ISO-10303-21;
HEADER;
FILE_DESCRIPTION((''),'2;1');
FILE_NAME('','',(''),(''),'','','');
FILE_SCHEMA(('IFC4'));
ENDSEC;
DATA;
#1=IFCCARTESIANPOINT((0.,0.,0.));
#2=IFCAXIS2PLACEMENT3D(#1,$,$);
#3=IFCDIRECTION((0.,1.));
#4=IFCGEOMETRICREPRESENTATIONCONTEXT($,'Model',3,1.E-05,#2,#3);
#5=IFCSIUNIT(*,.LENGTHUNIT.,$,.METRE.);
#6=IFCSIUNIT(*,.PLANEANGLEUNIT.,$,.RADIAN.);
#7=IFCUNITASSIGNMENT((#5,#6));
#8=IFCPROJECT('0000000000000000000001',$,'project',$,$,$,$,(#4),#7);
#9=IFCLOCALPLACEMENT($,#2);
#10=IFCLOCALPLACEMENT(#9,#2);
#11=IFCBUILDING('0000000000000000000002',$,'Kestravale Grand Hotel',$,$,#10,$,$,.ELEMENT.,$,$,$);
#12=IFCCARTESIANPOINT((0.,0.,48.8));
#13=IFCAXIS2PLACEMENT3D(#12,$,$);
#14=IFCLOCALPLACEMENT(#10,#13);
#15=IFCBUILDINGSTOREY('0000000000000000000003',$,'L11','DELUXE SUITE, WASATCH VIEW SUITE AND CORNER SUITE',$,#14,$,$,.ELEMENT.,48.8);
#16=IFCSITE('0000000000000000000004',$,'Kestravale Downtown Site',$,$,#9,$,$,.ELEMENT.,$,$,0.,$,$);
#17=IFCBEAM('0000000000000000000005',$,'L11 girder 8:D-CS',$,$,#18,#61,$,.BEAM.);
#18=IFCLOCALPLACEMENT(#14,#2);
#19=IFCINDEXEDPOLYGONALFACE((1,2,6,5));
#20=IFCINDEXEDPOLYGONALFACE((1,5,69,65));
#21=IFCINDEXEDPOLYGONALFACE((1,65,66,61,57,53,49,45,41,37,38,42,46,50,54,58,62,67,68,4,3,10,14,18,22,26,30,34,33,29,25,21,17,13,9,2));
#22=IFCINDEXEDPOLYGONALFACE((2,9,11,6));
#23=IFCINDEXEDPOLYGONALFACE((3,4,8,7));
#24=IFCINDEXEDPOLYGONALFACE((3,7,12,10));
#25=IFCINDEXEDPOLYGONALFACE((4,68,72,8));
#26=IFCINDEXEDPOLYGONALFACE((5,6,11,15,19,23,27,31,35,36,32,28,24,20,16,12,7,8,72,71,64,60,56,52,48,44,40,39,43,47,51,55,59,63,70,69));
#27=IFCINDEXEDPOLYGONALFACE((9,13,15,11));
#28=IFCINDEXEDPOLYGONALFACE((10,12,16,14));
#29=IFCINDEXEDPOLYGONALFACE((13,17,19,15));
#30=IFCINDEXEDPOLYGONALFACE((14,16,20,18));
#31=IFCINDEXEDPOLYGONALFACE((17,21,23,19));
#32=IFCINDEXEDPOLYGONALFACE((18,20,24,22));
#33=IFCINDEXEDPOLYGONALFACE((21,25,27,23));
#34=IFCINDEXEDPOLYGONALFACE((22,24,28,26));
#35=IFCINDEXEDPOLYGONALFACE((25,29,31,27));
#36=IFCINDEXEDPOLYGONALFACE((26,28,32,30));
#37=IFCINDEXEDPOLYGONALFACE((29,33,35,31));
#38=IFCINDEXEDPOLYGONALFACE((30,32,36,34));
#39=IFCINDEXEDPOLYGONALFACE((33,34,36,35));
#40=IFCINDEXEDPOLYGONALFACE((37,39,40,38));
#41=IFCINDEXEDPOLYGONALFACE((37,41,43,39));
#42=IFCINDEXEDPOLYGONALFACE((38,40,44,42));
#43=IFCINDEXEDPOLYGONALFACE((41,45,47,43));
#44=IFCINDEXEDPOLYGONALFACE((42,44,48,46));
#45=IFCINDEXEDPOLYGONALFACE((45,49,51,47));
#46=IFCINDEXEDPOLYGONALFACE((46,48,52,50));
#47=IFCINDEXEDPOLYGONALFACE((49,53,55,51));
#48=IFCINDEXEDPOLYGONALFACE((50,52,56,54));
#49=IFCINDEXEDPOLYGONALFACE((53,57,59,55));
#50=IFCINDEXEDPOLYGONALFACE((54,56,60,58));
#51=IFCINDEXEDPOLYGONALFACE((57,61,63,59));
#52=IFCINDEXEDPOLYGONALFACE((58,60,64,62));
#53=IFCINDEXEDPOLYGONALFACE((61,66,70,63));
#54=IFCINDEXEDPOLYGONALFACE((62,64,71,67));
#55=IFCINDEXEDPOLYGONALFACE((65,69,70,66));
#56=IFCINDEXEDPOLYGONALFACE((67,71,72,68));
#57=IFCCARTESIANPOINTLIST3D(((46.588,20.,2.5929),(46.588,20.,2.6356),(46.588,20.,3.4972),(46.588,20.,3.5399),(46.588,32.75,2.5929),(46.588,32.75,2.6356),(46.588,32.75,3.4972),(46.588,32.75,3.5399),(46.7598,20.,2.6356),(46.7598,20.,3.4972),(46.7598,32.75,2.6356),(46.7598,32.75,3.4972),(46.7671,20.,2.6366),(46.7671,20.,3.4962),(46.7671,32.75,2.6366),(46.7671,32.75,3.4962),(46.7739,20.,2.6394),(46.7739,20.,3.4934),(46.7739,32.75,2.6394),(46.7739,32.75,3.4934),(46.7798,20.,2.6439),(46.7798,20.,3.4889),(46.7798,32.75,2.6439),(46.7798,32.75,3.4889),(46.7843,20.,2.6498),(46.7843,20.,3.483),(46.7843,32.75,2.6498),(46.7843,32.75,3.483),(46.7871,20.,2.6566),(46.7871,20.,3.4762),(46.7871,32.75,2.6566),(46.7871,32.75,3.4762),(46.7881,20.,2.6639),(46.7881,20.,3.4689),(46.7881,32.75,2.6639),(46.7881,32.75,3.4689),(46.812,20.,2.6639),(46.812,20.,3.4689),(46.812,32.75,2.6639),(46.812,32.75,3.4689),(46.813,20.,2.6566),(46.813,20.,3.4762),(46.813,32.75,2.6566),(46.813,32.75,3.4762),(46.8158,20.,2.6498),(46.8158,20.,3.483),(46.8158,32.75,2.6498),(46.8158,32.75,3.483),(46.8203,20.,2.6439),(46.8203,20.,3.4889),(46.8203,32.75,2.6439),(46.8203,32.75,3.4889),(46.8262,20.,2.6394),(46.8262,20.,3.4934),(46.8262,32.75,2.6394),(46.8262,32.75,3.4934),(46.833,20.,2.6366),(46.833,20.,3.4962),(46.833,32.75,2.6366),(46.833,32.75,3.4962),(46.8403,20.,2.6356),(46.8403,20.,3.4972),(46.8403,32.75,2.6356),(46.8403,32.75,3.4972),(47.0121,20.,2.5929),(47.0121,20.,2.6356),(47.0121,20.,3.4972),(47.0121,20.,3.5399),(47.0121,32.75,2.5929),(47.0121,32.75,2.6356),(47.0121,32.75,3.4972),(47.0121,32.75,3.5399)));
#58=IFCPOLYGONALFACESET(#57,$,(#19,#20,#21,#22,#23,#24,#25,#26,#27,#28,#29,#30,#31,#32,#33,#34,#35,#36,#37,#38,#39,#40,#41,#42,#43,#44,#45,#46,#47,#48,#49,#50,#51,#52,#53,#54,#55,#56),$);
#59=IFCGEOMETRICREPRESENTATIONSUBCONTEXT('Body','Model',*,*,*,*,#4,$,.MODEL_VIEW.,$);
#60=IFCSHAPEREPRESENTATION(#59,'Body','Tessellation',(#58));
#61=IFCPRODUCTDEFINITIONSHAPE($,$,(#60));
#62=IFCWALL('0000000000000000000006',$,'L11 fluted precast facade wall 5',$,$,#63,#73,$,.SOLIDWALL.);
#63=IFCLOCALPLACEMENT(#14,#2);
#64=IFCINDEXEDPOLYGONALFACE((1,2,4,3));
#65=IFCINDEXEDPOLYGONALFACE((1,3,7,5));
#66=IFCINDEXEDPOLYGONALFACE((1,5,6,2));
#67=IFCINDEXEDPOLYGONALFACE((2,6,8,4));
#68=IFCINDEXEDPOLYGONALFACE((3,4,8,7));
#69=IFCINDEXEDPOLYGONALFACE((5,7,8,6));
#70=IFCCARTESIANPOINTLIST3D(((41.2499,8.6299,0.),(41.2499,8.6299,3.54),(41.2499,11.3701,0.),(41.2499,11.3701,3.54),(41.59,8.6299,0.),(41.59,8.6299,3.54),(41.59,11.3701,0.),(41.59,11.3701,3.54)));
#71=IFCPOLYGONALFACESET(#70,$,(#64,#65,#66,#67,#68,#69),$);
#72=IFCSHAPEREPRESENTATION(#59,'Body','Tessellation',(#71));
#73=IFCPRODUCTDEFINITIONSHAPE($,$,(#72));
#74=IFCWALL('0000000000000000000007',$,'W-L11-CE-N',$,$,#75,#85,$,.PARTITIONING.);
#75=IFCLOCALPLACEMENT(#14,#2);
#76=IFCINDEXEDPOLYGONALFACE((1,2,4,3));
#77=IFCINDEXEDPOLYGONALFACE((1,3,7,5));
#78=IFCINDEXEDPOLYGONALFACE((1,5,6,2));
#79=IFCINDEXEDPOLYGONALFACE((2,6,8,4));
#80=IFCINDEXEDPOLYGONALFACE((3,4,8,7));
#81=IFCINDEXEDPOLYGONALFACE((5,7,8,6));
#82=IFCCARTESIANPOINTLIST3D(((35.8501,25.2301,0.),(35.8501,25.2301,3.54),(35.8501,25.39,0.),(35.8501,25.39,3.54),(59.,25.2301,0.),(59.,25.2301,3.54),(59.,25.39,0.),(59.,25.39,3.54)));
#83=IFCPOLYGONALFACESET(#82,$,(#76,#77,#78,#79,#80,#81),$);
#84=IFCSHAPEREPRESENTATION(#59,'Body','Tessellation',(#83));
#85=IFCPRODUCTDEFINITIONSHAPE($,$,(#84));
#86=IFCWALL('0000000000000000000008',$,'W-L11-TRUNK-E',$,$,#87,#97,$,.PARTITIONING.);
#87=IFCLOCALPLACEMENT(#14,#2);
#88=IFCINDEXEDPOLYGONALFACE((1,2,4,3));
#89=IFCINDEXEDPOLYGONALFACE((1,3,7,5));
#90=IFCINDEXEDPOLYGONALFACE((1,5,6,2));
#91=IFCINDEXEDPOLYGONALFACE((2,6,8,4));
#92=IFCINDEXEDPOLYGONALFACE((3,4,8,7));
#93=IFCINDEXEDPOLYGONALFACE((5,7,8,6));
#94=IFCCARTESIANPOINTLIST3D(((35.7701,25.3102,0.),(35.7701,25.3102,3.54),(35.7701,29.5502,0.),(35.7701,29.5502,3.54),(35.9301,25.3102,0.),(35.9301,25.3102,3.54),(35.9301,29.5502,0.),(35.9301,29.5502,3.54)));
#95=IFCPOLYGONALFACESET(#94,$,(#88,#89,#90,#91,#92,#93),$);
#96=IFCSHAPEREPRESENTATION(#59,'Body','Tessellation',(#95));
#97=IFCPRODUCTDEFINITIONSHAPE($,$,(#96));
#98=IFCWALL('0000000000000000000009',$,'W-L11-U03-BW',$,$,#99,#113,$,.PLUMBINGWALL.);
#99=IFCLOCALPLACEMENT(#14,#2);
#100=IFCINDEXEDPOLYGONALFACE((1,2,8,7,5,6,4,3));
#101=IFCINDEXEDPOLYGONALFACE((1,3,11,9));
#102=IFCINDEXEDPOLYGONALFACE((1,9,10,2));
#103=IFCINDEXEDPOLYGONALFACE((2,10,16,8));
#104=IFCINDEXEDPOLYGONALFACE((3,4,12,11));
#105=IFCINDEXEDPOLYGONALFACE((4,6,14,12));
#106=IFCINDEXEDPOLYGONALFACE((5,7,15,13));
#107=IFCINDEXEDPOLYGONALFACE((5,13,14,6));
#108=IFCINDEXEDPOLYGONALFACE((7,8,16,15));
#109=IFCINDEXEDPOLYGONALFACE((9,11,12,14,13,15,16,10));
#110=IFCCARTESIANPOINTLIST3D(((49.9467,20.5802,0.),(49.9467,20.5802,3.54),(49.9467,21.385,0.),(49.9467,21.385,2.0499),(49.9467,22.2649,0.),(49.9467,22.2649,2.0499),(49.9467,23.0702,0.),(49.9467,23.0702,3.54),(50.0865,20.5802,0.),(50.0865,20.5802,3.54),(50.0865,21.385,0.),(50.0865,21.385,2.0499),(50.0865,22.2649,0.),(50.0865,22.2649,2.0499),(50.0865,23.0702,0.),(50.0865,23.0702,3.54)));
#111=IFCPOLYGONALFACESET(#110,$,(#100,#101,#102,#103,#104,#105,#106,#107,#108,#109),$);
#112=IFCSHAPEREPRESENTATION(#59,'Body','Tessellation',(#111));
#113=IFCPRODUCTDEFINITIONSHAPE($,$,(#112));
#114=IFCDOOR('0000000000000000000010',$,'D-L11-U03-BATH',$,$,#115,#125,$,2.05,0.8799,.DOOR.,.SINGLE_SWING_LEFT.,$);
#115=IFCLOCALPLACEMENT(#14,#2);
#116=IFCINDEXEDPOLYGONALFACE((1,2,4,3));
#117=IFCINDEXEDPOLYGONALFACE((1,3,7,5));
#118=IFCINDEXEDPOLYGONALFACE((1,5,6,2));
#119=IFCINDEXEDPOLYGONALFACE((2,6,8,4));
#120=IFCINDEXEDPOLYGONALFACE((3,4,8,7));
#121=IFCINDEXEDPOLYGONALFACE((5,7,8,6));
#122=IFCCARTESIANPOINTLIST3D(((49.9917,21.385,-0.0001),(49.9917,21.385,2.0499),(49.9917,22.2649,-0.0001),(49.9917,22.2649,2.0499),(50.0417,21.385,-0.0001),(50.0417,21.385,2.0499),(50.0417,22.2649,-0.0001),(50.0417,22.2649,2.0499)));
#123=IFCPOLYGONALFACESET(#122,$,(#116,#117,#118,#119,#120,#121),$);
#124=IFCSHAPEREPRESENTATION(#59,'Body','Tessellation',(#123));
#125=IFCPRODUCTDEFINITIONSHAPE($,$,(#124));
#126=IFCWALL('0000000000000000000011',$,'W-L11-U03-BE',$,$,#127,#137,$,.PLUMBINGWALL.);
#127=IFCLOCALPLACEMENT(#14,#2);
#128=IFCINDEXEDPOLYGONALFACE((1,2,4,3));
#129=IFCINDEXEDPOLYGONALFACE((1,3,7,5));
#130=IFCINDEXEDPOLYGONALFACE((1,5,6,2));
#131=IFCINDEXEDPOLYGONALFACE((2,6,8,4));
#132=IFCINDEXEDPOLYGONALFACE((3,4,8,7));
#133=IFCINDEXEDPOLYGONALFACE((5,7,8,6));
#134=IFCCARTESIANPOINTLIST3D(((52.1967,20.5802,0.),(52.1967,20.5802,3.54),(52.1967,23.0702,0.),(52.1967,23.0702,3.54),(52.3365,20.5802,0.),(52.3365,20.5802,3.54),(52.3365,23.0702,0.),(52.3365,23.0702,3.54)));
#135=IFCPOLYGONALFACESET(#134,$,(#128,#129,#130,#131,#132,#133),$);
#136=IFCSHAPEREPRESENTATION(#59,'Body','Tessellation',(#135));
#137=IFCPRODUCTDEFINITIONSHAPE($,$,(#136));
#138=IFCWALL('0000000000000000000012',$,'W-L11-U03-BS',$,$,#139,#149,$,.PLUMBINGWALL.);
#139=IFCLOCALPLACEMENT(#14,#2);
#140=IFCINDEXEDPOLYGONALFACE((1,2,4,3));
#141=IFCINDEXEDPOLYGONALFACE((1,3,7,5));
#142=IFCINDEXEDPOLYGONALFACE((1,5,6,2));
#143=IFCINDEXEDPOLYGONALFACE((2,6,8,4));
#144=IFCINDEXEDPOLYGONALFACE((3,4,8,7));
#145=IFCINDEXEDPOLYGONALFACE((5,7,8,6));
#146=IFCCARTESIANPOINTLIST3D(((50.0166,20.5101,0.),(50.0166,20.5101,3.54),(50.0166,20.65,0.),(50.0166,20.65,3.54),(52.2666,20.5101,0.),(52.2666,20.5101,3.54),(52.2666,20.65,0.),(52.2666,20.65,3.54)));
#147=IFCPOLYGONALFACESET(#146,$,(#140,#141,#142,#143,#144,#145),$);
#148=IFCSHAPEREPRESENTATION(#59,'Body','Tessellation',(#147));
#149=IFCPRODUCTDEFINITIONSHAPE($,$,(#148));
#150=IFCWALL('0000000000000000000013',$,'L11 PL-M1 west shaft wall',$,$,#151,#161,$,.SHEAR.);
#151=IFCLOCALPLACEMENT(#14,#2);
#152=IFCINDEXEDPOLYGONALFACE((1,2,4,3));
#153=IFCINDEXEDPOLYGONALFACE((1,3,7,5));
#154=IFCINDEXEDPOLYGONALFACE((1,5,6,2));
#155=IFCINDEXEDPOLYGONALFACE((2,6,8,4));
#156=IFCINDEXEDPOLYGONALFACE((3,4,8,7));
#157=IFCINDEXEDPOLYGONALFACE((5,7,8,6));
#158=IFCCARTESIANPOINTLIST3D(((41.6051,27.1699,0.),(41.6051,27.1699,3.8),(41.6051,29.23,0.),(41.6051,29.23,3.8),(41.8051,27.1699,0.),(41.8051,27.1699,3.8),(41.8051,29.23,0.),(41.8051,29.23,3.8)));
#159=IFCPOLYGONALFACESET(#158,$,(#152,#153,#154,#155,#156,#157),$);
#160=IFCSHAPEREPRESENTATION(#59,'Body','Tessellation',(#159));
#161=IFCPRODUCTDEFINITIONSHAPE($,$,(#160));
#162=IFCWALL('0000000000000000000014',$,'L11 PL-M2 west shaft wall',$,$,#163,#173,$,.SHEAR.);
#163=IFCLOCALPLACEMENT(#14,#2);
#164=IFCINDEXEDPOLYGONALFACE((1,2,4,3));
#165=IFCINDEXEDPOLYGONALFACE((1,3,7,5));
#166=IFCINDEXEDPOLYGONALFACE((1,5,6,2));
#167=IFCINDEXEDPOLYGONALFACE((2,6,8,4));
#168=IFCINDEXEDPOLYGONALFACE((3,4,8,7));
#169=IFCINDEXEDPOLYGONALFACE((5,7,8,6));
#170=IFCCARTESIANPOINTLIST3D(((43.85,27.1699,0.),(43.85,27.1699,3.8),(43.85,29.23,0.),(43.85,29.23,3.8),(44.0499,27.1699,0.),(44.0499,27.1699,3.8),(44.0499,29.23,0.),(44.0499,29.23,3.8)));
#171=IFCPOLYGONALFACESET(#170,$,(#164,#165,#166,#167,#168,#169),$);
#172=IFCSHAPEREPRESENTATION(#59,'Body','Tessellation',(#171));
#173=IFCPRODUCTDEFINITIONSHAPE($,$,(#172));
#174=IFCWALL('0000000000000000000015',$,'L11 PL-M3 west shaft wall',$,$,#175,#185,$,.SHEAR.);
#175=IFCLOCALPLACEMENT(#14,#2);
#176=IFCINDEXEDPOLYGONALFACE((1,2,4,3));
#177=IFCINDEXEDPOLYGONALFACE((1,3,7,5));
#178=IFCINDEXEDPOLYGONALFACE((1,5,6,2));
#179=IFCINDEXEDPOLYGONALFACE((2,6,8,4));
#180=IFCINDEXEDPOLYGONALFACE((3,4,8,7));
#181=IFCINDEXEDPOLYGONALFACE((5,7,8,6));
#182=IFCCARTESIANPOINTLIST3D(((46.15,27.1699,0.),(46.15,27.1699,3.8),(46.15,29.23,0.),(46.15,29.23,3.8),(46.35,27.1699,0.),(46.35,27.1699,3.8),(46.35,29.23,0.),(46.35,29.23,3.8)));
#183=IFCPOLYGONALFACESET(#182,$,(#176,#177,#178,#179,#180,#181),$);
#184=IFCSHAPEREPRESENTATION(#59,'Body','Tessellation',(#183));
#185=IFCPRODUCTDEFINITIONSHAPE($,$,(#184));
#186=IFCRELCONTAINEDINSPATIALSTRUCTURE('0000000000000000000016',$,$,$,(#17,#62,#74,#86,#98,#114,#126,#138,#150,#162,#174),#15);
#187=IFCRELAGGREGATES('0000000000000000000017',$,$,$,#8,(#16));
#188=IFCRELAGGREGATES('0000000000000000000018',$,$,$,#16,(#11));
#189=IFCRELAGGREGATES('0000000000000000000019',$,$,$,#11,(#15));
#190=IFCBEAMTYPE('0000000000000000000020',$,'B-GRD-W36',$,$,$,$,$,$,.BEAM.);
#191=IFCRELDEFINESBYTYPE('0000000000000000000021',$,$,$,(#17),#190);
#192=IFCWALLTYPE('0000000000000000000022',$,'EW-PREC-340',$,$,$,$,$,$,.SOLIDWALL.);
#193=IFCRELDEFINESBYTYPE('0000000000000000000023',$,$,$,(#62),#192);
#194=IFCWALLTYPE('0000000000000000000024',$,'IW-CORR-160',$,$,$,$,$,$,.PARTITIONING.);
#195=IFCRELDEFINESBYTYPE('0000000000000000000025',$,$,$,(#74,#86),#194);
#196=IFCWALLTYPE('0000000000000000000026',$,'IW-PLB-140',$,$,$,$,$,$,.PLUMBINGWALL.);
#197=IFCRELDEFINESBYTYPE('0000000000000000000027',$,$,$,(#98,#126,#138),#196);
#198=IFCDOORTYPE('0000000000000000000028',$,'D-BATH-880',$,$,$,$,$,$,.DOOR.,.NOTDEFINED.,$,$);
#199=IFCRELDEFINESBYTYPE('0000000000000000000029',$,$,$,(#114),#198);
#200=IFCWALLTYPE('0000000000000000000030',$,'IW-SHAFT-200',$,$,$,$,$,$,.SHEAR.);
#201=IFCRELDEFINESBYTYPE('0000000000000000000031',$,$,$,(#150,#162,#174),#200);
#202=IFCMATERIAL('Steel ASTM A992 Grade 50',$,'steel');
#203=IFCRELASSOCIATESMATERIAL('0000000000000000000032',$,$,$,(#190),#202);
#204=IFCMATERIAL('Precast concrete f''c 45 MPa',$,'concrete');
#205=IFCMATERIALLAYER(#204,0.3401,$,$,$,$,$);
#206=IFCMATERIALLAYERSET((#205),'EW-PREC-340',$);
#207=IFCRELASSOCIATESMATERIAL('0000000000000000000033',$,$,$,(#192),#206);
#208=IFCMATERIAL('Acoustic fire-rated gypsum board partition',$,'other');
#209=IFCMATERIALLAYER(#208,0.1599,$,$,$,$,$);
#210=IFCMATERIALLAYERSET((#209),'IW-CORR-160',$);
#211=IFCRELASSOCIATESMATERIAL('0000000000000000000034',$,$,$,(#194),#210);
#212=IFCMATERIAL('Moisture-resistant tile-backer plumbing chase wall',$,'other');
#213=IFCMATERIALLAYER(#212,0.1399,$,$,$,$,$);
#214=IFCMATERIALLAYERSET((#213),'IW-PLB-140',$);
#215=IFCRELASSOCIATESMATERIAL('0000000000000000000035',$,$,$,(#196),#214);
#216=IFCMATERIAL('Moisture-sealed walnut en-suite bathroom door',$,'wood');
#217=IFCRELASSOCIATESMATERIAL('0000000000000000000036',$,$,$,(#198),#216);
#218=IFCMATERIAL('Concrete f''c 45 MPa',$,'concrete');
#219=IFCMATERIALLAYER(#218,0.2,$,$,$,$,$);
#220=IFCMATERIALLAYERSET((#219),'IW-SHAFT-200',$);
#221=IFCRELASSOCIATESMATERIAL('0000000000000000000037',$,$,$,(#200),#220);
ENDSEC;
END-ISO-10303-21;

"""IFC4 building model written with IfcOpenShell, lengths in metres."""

from ifc_helpers import new_model, si_unit, direction, frame, frame_2d, origin, origin_2d, place, context, subcontext, project, spatial, rectangle, i_section, extrude, material, layer, layer_set, material_profile, profile_set, type_object, element, fill, save


model = new_model("IFC4")

# Units and contexts
model_context = context("Model", 3, precision=1e-05, world=origin(), true_north=direction((0.0, 1.0)))
body_context = subcontext(model_context, "Body", "Model", "MODEL_VIEW")
ifc_project = project(units=[si_unit("LENGTHUNIT", "METRE"), si_unit("PLANEANGLEUNIT", "RADIAN")], contexts=[model_context])

# Site, building, storey
site_placement = place(None, origin())
site = spatial("IfcSite", under=ifc_project, at=site_placement, Name="Kestravale Downtown Site", CompositionType="ELEMENT", RefElevation=0.0)
building_placement = place(site_placement, origin())
building = spatial("IfcBuilding", under=site, at=building_placement, Name="Kestravale Grand Hotel", CompositionType="ELEMENT")
storey_placement = place(building_placement, frame((0.0, 0.0, 48.8)))
storey = spatial("IfcBuildingStorey", under=building, at=storey_placement, Name="L11", Description="DELUXE SUITE, WASATCH VIEW SUITE AND CORNER SUITE", CompositionType="ELEMENT", Elevation=48.8)

# Beam
ifc_material_1 = material(Name="Steel ASTM A992 Grade 50", Category="steel")
ifc_material_profile_1 = material_profile(ifc_material_1, i_section(OverallWidth=0.4241, OverallDepth=0.947, WebThickness=0.0239, FlangeThickness=0.0427, FilletRadius=0.0283, at=origin_2d()))
ifc_profile_set_1 = profile_set([ifc_material_profile_1], Name="Steel ASTM A992 Grade 50")
beam_type = type_object("IfcBeamType", Name="B-GRD-W36", PredefinedType="BEAM", material=ifc_profile_set_1)
beam_1_placement = place(storey_placement, frame((46.8, 20.0, 3.0664), z_axis=(0.0, 1.0, 0.0), x_axis=(-1.0, 0.0, 0.0)))
element("IfcBeam", 1, at=beam_1_placement, inside=storey, type_object=beam_type, Name="L11 girder 8:D-CS", PredefinedType="BEAM", context=body_context, shape_type="SweptSolid", body=[
    extrude(i_section(OverallWidth=0.4241, OverallDepth=0.947, WebThickness=0.0239, FlangeThickness=0.0427, FilletRadius=0.0283, at=origin_2d()), origin(), (0.0, 0.0, 1.0), 12.75),
])

# Walls
ifc_material_2 = material(Name="Precast concrete f'c 45 MPa", Category="concrete")
ifc_layer_1 = layer(ifc_material_2, 0.3401)
ifc_layer_set_1 = layer_set([ifc_layer_1], Name="EW-PREC-340")
wall_type_1 = type_object("IfcWallType", Name="EW-PREC-340", PredefinedType="SOLIDWALL", material=ifc_layer_set_1)
wall_1_placement = place(storey_placement, frame((41.4199, 11.3701, 0.0), z_axis=(0.0, 0.0, 1.0), x_axis=(0.0, -1.0, 0.0)))
element("IfcWall", 2, at=wall_1_placement, inside=storey, type_object=wall_type_1, Name="L11 fluted precast facade wall 5", PredefinedType="SOLIDWALL", context=body_context, shape_type="SweptSolid", body=[
    extrude(rectangle(XDim=2.7402, YDim=0.3401, at=frame_2d((1.3701, 0.0))), origin(), (0.0, 0.0, 1.0), 3.54),
])
ifc_material_3 = material(Name="Acoustic fire-rated gypsum board partition", Category="other")
ifc_layer_2 = layer(ifc_material_3, 0.1599)
ifc_layer_set_2 = layer_set([ifc_layer_2], Name="IW-CORR-160")
wall_type_2 = type_object("IfcWallType", Name="IW-CORR-160", PredefinedType="PARTITIONING", material=ifc_layer_set_2)
wall_2_placement = place(storey_placement, frame((35.8501, 25.3101, 0.0), z_axis=(0.0, 0.0, 1.0), x_axis=(1.0, 0.0, 0.0)))
element("IfcWall", 3, at=wall_2_placement, inside=storey, type_object=wall_type_2, Name="W-L11-CE-N", PredefinedType="PARTITIONING", context=body_context, shape_type="SweptSolid", body=[
    extrude(rectangle(XDim=23.1499, YDim=0.1599, at=frame_2d((11.575, 0.0))), origin(), (0.0, 0.0, 1.0), 3.54),
])
wall_3_placement = place(storey_placement, frame((35.8501, 25.3101, 0.0), z_axis=(0.0, 0.0, 1.0), x_axis=(0.0, 1.0, 0.0)))
element("IfcWall", 4, at=wall_3_placement, inside=storey, type_object=wall_type_2, Name="W-L11-TRUNK-E", PredefinedType="PARTITIONING", context=body_context, shape_type="SweptSolid", body=[
    extrude(rectangle(XDim=4.24, YDim=0.1599, at=frame_2d((2.1201, 0.0))), origin(), (0.0, 0.0, 1.0), 3.54),
])

# Wall, opening, door
ifc_material_4 = material(Name="Moisture-resistant tile-backer plumbing chase wall", Category="other")
ifc_layer_3 = layer(ifc_material_4, 0.1399)
ifc_layer_set_3 = layer_set([ifc_layer_3], Name="IW-PLB-140")
wall_type_3 = type_object("IfcWallType", Name="IW-PLB-140", PredefinedType="PLUMBINGWALL", material=ifc_layer_set_3)
wall_4_placement = place(storey_placement, frame((50.0166, 20.5801, 0.0), z_axis=(0.0, 0.0, 1.0), x_axis=(0.0, 1.0, 0.0)))
wall_4 = element("IfcWall", 5, at=wall_4_placement, inside=storey, type_object=wall_type_3, Name="W-L11-U03-BW", PredefinedType="PLUMBINGWALL", context=body_context, shape_type="SweptSolid", body=[
    extrude(rectangle(XDim=2.49, YDim=0.1399, at=frame_2d((1.2451, 0.0))), origin(), (0.0, 0.0, 1.0), 3.54),
])
opening_placement = place(wall_4_placement, frame((0.8049, 0.0, 0.0)))
opening = element("IfcOpeningElement", 6, at=opening_placement, cuts=wall_4, PredefinedType="OPENING", context=body_context, shape_type="SweptSolid", body=[
    extrude(rectangle(XDim=0.8799, YDim=2.05, at=frame_2d((0.4399, 1.0249))), frame((0.0, 0.0798, 0.0), z_axis=(0.0, -1.0, 0.0), x_axis=(1.0, 0.0, 0.0)), (0.0, 0.0, 1.0), 0.1599),
])
ifc_material_5 = material(Name="Moisture-sealed walnut en-suite bathroom door", Category="wood")
door_type = type_object("IfcDoorType", Name="D-BATH-880", OperationType="NOTDEFINED", PredefinedType="DOOR", material=ifc_material_5)
door_placement = place(opening_placement, origin())
door = element("IfcDoor", 7, at=door_placement, inside=storey, type_object=door_type, Name="D-L11-U03-BATH", OperationType="SINGLE_SWING_LEFT", OverallHeight=2.05, OverallWidth=0.8799, PredefinedType="DOOR", context=body_context, shape_type="SweptSolid", body=[
    extrude(rectangle(XDim=0.8799, YDim=2.05, at=frame_2d((0.4399, 1.0249))), frame((0.0, 0.0249, 0.0), z_axis=(0.0, -1.0, 0.0), x_axis=(1.0, 0.0, 0.0)), (0.0, 0.0, 1.0), 0.05),
])
fill(opening, door)

# Walls
wall_5_placement = place(storey_placement, frame((52.2666, 20.5801, 0.0), z_axis=(0.0, 0.0, 1.0), x_axis=(0.0, 1.0, 0.0)))
element("IfcWall", 8, at=wall_5_placement, inside=storey, type_object=wall_type_3, Name="W-L11-U03-BE", PredefinedType="PLUMBINGWALL", context=body_context, shape_type="SweptSolid", body=[
    extrude(rectangle(XDim=2.49, YDim=0.1399, at=frame_2d((1.2451, 0.0))), origin(), (0.0, 0.0, 1.0), 3.54),
])
wall_6_placement = place(storey_placement, frame((50.0166, 20.5801, 0.0), z_axis=(0.0, 0.0, 1.0), x_axis=(1.0, 0.0, 0.0)))
element("IfcWall", 9, at=wall_6_placement, inside=storey, type_object=wall_type_3, Name="W-L11-U03-BS", PredefinedType="PLUMBINGWALL", context=body_context, shape_type="SweptSolid", body=[
    extrude(rectangle(XDim=2.25, YDim=0.1399, at=frame_2d((1.125, 0.0))), origin(), (0.0, 0.0, 1.0), 3.54),
])
ifc_material_6 = material(Name="Concrete f'c 45 MPa", Category="concrete")
ifc_layer_4 = layer(ifc_material_6, 0.2)
ifc_layer_set_4 = layer_set([ifc_layer_4], Name="IW-SHAFT-200")
wall_type_4 = type_object("IfcWallType", Name="IW-SHAFT-200", PredefinedType="SHEAR", material=ifc_layer_set_4)
for number, where, z_axis, x_axis, name in (
    (10, (41.7051, 27.1699, 0.0), (0.0, 0.0, 1.0), (0.0, 1.0, 0.0), "L11 PL-M1 west shaft wall"),
    (11, (43.95, 27.1699, 0.0), (0.0, 0.0, 1.0), (0.0, 1.0, 0.0), "L11 PL-M2 west shaft wall"),
    (12, (46.25, 27.1699, 0.0), (0.0, 0.0, 1.0), (0.0, 1.0, 0.0), "L11 PL-M3 west shaft wall"),
):
    element("IfcWall", number, at=place(storey_placement, frame(where, z_axis=z_axis, x_axis=x_axis)), inside=storey, type_object=wall_type_4, Name=name, PredefinedType="SHEAR", context=body_context, shape_type="SweptSolid", body=[
        extrude(rectangle(XDim=2.0601, YDim=0.2, at=frame_2d((1.03, 0.0))), origin(), (0.0, 0.0, 1.0), 3.8),
    ])

save(model, "model.ifc")
